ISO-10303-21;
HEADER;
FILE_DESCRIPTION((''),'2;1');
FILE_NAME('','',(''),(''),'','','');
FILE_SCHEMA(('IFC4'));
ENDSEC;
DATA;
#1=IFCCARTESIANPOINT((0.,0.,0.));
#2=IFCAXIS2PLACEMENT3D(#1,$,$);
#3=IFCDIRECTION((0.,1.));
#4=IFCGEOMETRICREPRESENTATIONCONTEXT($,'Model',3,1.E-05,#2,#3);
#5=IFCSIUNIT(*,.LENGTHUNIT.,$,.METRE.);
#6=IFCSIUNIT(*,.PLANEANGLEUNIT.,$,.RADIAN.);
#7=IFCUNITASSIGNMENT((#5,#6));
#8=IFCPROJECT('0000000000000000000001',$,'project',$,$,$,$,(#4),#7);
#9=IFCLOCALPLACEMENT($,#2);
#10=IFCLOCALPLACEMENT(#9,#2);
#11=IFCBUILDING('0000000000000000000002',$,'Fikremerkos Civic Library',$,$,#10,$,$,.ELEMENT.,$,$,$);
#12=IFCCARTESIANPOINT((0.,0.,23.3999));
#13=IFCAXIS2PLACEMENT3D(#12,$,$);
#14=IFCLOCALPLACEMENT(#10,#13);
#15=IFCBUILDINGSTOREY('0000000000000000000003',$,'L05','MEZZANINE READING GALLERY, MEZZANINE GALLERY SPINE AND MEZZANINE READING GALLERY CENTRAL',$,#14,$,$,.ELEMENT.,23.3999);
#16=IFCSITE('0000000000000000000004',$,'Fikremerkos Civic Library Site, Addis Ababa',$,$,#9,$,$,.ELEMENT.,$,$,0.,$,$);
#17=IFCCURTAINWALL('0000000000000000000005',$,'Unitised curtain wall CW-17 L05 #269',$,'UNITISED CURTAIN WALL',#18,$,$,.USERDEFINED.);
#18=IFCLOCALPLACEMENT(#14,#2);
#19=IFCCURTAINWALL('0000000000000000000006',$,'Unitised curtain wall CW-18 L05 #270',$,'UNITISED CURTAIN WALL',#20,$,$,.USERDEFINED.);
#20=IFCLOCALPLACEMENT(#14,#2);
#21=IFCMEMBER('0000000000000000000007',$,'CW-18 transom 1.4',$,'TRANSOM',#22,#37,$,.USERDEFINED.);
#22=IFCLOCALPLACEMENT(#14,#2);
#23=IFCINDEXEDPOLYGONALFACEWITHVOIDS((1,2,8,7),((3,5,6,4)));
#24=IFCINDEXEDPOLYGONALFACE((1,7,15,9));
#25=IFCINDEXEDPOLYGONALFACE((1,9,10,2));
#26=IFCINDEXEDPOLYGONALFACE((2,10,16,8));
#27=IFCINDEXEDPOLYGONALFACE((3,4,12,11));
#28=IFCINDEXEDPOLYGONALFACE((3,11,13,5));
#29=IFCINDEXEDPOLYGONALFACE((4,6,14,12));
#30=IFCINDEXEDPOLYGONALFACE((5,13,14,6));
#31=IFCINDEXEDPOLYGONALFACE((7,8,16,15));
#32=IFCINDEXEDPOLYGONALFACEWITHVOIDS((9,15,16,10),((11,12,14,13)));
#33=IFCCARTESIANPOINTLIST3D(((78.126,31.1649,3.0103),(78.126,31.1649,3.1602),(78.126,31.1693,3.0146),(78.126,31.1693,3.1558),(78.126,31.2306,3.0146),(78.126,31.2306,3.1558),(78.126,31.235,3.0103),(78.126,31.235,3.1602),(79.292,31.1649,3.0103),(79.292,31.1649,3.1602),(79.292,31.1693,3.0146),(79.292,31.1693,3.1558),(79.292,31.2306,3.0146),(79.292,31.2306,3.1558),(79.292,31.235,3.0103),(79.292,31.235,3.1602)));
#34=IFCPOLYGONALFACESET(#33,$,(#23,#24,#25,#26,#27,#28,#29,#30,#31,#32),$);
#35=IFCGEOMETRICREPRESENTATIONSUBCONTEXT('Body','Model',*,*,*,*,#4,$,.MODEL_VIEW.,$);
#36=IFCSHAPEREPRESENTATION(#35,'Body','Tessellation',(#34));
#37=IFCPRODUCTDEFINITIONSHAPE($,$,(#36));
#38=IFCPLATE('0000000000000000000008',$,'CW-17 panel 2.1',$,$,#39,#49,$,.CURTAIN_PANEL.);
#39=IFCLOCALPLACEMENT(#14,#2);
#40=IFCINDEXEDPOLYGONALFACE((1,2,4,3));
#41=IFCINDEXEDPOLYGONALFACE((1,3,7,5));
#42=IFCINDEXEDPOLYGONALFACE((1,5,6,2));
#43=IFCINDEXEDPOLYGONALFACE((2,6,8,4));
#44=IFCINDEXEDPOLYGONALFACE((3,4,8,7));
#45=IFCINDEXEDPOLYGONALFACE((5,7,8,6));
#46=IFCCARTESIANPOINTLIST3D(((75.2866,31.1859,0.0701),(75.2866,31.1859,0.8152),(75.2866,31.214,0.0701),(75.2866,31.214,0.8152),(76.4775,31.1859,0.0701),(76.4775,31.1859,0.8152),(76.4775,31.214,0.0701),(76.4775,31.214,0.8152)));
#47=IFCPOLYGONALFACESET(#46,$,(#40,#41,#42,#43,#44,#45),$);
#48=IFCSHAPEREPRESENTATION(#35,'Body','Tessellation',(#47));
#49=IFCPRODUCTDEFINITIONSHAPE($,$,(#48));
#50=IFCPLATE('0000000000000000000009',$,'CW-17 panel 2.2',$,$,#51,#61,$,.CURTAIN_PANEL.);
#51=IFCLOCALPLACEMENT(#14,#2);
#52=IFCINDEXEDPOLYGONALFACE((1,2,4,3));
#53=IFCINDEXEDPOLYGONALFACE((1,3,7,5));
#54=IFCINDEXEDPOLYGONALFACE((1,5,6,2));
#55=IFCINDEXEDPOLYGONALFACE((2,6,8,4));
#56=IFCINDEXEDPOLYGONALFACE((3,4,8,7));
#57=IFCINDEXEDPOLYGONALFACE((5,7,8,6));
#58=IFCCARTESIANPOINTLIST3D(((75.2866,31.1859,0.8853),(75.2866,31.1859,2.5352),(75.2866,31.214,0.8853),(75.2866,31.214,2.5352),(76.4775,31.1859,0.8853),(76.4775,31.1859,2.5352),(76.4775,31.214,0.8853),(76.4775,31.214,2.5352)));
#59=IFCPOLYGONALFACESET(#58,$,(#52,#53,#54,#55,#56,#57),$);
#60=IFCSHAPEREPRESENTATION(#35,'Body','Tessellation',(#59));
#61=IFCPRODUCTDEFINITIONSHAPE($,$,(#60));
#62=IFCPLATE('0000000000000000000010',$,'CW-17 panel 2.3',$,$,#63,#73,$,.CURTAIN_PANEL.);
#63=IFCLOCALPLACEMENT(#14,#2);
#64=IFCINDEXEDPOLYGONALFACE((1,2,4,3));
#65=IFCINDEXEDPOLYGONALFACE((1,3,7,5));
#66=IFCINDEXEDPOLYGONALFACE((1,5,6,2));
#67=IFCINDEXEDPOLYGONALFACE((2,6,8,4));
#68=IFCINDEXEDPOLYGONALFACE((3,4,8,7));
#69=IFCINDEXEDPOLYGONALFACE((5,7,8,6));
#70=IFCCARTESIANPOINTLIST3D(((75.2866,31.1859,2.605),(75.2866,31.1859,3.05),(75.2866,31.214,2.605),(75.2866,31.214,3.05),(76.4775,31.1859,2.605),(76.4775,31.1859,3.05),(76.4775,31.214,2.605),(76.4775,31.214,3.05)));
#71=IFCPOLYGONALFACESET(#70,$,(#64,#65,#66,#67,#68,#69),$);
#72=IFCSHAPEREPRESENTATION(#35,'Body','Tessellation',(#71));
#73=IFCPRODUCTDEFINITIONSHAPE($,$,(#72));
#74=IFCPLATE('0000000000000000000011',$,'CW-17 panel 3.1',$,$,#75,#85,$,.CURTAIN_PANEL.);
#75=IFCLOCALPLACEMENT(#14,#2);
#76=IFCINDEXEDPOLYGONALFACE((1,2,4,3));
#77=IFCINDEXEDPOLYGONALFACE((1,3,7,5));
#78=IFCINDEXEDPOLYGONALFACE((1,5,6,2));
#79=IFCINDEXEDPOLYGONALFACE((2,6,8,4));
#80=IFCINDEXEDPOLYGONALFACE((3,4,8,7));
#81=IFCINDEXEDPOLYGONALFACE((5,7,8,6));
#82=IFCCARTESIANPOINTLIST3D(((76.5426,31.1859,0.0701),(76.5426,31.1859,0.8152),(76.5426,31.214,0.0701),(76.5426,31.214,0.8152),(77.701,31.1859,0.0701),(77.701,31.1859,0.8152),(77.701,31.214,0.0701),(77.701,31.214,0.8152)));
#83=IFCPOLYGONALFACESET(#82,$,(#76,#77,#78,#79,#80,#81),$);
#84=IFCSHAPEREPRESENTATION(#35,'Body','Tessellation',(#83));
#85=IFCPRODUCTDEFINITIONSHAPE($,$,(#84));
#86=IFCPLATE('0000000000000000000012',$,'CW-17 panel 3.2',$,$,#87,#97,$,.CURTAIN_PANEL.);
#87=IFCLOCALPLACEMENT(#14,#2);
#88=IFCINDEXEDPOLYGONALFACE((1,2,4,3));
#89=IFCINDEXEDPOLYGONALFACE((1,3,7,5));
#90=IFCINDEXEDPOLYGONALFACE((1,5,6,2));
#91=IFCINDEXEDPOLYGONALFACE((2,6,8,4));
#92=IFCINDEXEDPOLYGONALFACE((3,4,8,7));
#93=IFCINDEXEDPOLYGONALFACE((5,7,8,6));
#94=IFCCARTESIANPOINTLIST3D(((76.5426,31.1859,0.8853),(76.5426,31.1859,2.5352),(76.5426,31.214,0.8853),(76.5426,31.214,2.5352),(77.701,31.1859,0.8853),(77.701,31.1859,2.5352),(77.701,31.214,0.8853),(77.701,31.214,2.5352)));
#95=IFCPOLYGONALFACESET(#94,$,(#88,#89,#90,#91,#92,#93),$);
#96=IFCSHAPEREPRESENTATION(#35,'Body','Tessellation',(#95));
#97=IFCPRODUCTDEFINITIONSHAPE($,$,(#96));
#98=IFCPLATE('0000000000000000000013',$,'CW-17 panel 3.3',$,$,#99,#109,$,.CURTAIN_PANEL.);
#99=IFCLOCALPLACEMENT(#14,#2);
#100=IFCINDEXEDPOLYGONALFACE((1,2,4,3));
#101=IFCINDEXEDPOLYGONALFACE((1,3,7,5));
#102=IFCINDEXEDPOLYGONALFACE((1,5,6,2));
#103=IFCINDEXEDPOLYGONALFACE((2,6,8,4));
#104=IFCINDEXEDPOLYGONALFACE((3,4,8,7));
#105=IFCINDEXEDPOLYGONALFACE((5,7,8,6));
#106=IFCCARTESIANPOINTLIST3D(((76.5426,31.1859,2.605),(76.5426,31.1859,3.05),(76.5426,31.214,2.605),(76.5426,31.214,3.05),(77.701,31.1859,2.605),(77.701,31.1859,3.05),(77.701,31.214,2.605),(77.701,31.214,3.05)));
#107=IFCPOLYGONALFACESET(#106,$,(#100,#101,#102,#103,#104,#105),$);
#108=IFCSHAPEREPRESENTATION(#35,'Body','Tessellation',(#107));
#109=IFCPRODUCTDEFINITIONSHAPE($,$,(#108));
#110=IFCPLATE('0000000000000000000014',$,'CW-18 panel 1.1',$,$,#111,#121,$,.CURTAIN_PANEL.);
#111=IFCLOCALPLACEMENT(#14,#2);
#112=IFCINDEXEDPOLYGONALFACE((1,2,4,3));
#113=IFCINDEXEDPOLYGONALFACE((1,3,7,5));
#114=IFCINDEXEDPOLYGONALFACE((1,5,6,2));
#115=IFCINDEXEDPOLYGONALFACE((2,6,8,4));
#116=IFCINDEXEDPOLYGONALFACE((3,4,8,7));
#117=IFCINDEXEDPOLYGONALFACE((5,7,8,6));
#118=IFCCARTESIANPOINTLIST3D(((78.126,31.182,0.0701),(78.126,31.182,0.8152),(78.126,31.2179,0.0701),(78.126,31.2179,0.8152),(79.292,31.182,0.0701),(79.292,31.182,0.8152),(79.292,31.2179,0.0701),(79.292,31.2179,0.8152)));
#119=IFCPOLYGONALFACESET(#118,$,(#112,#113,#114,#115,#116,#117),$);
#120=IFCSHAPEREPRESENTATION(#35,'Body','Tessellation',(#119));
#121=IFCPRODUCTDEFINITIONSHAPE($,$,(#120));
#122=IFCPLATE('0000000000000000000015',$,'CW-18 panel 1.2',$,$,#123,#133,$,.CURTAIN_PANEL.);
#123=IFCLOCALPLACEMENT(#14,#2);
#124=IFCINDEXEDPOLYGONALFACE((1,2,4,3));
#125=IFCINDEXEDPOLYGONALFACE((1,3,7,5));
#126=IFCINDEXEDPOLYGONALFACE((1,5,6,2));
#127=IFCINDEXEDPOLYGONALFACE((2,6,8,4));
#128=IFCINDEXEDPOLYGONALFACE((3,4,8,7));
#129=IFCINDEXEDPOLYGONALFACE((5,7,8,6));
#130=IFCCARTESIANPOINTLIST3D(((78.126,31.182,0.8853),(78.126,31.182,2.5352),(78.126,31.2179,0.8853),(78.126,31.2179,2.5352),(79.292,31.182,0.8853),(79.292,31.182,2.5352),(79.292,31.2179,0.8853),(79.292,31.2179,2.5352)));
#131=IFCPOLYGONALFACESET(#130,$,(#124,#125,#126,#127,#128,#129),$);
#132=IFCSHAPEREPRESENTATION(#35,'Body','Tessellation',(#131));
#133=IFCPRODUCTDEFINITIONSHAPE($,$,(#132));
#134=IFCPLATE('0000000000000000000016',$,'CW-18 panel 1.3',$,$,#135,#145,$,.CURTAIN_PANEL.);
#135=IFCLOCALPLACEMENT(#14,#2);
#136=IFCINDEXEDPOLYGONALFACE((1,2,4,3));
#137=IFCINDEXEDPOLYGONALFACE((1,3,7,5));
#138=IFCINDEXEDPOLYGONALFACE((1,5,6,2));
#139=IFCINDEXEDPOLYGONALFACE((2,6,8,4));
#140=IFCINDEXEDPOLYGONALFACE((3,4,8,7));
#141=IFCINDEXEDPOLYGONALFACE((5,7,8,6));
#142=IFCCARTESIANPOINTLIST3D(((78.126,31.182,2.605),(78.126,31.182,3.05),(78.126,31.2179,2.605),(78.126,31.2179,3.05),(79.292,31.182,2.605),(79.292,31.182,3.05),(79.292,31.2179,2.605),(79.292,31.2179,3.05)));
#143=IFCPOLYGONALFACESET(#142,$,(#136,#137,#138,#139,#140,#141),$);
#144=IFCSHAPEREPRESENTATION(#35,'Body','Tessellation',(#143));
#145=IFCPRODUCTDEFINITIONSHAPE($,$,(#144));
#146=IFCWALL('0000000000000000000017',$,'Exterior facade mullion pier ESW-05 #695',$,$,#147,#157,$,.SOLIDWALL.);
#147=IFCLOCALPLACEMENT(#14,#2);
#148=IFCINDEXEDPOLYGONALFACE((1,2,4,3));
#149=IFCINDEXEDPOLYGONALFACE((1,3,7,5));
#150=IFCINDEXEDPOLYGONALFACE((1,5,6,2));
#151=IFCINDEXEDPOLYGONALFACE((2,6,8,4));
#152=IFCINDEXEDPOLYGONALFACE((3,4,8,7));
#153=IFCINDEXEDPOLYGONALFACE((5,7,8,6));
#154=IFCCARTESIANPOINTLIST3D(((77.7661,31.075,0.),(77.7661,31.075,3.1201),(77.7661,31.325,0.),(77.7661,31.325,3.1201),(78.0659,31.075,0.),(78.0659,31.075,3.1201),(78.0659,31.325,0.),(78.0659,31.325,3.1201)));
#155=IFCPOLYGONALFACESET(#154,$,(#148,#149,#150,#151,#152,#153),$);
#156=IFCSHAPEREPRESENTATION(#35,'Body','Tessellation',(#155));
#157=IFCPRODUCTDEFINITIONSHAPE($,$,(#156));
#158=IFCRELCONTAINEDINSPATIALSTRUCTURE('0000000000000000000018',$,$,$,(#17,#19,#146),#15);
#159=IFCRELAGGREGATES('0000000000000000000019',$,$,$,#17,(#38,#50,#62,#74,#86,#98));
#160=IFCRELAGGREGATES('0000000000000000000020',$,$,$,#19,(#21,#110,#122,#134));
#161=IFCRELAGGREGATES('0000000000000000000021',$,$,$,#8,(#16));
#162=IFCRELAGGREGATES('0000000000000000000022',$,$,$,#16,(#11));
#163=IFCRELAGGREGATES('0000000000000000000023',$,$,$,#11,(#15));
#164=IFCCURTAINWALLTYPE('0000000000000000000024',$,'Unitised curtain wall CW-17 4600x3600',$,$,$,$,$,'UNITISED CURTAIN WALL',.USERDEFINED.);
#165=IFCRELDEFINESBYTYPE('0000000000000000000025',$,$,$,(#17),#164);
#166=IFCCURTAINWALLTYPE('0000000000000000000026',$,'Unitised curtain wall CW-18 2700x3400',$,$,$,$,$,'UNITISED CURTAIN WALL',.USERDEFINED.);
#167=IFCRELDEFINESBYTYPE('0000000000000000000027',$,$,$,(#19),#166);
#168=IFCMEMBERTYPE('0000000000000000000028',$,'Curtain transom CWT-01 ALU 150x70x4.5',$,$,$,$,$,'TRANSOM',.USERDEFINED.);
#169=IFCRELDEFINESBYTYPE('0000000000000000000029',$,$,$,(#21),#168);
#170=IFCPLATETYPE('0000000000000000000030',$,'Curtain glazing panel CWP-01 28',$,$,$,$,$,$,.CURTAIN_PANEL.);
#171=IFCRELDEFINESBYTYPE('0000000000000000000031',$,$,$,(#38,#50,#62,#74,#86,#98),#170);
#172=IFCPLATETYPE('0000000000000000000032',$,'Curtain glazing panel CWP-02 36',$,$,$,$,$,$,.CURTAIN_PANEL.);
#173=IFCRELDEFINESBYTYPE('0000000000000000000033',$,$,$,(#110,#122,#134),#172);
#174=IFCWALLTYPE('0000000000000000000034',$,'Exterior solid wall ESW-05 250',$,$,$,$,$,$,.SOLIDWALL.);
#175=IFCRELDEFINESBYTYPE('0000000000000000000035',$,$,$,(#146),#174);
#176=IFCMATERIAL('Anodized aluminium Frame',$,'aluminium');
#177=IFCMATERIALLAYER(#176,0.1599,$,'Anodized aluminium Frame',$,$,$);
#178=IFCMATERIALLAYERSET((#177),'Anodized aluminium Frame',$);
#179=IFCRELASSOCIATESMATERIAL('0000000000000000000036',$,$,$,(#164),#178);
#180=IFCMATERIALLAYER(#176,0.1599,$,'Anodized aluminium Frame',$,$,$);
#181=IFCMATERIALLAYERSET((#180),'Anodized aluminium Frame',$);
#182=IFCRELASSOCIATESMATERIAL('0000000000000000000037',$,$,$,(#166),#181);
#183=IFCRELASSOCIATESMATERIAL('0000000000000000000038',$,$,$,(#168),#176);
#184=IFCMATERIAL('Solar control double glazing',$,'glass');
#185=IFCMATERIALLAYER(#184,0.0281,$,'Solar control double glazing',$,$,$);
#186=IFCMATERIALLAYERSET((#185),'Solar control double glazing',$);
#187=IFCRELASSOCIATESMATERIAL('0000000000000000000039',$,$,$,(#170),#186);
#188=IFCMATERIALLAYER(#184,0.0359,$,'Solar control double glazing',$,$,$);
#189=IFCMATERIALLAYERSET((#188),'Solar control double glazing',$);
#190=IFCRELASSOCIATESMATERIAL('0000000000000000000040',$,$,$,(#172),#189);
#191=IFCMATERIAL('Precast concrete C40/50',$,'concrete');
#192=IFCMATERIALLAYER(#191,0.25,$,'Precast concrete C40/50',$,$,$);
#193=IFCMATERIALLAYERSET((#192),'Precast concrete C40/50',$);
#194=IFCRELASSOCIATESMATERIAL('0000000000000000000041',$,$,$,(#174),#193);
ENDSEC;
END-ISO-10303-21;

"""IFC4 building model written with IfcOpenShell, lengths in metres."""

from ifc_helpers import new_model, si_unit, direction, frame, frame_2d, origin, origin_2d, place, context, subcontext, project, spatial, rectangle, hollow_rectangle, extrude, material, layer, layer_set, material_profile, profile_set, type_object, element, aggregate, save


model = new_model("IFC4")

# Units and contexts
model_context = context("Model", 3, precision=1e-05, world=origin(), true_north=direction((0.0, 1.0)))
body_context = subcontext(model_context, "Body", "Model", "MODEL_VIEW")
ifc_project = project(units=[si_unit("LENGTHUNIT", "METRE"), si_unit("PLANEANGLEUNIT", "RADIAN")], contexts=[model_context])

# Site, building, storey
site_placement = place(None, origin())
site = spatial("IfcSite", under=ifc_project, at=site_placement, Name="Fikremerkos Civic Library Site, Addis Ababa", CompositionType="ELEMENT", RefElevation=0.0)
building_placement = place(site_placement, origin())
building = spatial("IfcBuilding", under=site, at=building_placement, Name="Fikremerkos Civic Library", CompositionType="ELEMENT")
storey_placement = place(building_placement, frame((0.0, 0.0, 23.3999)))
storey = spatial("IfcBuildingStorey", under=building, at=storey_placement, Name="L05", Description="MEZZANINE READING GALLERY, MEZZANINE GALLERY SPINE AND MEZZANINE READING GALLERY CENTRAL", CompositionType="ELEMENT", Elevation=23.3999)

# Curtain wall
ifc_material_1 = material(Name="Anodized aluminium Frame", Category="aluminium")
ifc_layer_1 = layer(ifc_material_1, 0.1599, Name="Anodized aluminium Frame")
ifc_layer_set_1 = layer_set([ifc_layer_1], Name="Anodized aluminium Frame")
curtain_wall_type_1 = type_object("IfcCurtainWallType", Name="Unitised curtain wall CW-17 4600x3600", ElementType="UNITISED CURTAIN WALL", PredefinedType="USERDEFINED", material=ifc_layer_set_1)
curtain_wall_1_placement = place(storey_placement, origin())
curtain_wall_1 = element("IfcCurtainWall", 1, at=curtain_wall_1_placement, inside=storey, type_object=curtain_wall_type_1, Name="Unitised curtain wall CW-17 L05 #269", ObjectType="UNITISED CURTAIN WALL", PredefinedType="USERDEFINED")

# Curtain wall
ifc_layer_2 = layer(ifc_material_1, 0.1599, Name="Anodized aluminium Frame")
ifc_layer_set_2 = layer_set([ifc_layer_2], Name="Anodized aluminium Frame")
curtain_wall_type_2 = type_object("IfcCurtainWallType", Name="Unitised curtain wall CW-18 2700x3400", ElementType="UNITISED CURTAIN WALL", PredefinedType="USERDEFINED", material=ifc_layer_set_2)
curtain_wall_2_placement = place(storey_placement, origin())
curtain_wall_2 = element("IfcCurtainWall", 2, at=curtain_wall_2_placement, inside=storey, type_object=curtain_wall_type_2, Name="Unitised curtain wall CW-18 L05 #270", ObjectType="UNITISED CURTAIN WALL", PredefinedType="USERDEFINED")

# Member
ifc_material_profile_1 = material_profile(ifc_material_1, hollow_rectangle(XDim=0.0701, YDim=0.1499, WallThickness=0.0044, at=origin_2d()), Name="ALU 150x70x4.5")
ifc_profile_set_1 = profile_set([ifc_material_profile_1], Name="Anodized aluminium Frame")
member_type_1 = type_object("IfcMemberType", Name="Curtain transom CWT-01 ALU 150x70x4.5", ElementType="TRANSOM", PredefinedType="USERDEFINED", material=ifc_profile_set_1)
member_1_placement = place(storey_placement, frame((78.126, 31.2, 3.0852), z_axis=(1.0, 0.0, 0.0), x_axis=(0.0, 1.0, 0.0)))
member_1 = element("IfcMember", 3, at=member_1_placement, type_object=member_type_1, Name="CW-18 transom 1.4", ObjectType="TRANSOM", PredefinedType="USERDEFINED", context=body_context, shape_type="SweptSolid", body=[
    extrude(hollow_rectangle(XDim=0.0701, YDim=0.1499, WallThickness=0.0044, at=origin_2d()), origin(), (0.0, 0.0, 1.0), 1.166),
])

# Plates
ifc_material_2 = material(Name="Solar control double glazing", Category="glass")
ifc_layer_3 = layer(ifc_material_2, 0.0281, Name="Solar control double glazing")
ifc_layer_set_3 = layer_set([ifc_layer_3], Name="Solar control double glazing")
plate_type_1 = type_object("IfcPlateType", Name="Curtain glazing panel CWP-01 28", PredefinedType="CURTAIN_PANEL", material=ifc_layer_set_3)
plate_1_placement = place(storey_placement, frame((75.8821, 31.2, 0.0701), z_axis=(0.0, 0.0, 1.0), x_axis=(1.0, 0.0, 0.0)))
plate_1 = element("IfcPlate", 4, at=plate_1_placement, type_object=plate_type_1, Name="CW-17 panel 2.1", PredefinedType="CURTAIN_PANEL", context=body_context, shape_type="SweptSolid", body=[
    extrude(rectangle(XDim=1.1909, YDim=0.0281, at=origin_2d()), origin(), (0.0, 0.0, 1.0), 0.7451),
])
plate_2_placement = place(storey_placement, frame((75.8821, 31.2, 0.8853), z_axis=(0.0, 0.0, 1.0), x_axis=(1.0, 0.0, 0.0)))
plate_2 = element("IfcPlate", 5, at=plate_2_placement, type_object=plate_type_1, Name="CW-17 panel 2.2", PredefinedType="CURTAIN_PANEL", context=body_context, shape_type="SweptSolid", body=[
    extrude(rectangle(XDim=1.1909, YDim=0.0281, at=origin_2d()), origin(), (0.0, 0.0, 1.0), 1.6499),
])
plate_3_placement = place(storey_placement, frame((75.8821, 31.2, 2.605), z_axis=(0.0, 0.0, 1.0), x_axis=(1.0, 0.0, 0.0)))
plate_3 = element("IfcPlate", 6, at=plate_3_placement, type_object=plate_type_1, Name="CW-17 panel 2.3", PredefinedType="CURTAIN_PANEL", context=body_context, shape_type="SweptSolid", body=[
    extrude(rectangle(XDim=1.1909, YDim=0.0281, at=origin_2d()), origin(), (0.0, 0.0, 1.0), 0.4451),
])
plate_4_placement = place(storey_placement, frame((77.1218, 31.2, 0.0701), z_axis=(0.0, 0.0, 1.0), x_axis=(1.0, 0.0, 0.0)))
plate_4 = element("IfcPlate", 7, at=plate_4_placement, type_object=plate_type_1, Name="CW-17 panel 3.1", PredefinedType="CURTAIN_PANEL", context=body_context, shape_type="SweptSolid", body=[
    extrude(rectangle(XDim=1.1584, YDim=0.0281, at=origin_2d()), origin(), (0.0, 0.0, 1.0), 0.7451),
])
plate_5_placement = place(storey_placement, frame((77.1218, 31.2, 0.8853), z_axis=(0.0, 0.0, 1.0), x_axis=(1.0, 0.0, 0.0)))
plate_5 = element("IfcPlate", 8, at=plate_5_placement, type_object=plate_type_1, Name="CW-17 panel 3.2", PredefinedType="CURTAIN_PANEL", context=body_context, shape_type="SweptSolid", body=[
    extrude(rectangle(XDim=1.1584, YDim=0.0281, at=origin_2d()), origin(), (0.0, 0.0, 1.0), 1.6499),
])
plate_6_placement = place(storey_placement, frame((77.1218, 31.2, 2.605), z_axis=(0.0, 0.0, 1.0), x_axis=(1.0, 0.0, 0.0)))
plate_6 = element("IfcPlate", 9, at=plate_6_placement, type_object=plate_type_1, Name="CW-17 panel 3.3", PredefinedType="CURTAIN_PANEL", context=body_context, shape_type="SweptSolid", body=[
    extrude(rectangle(XDim=1.1584, YDim=0.0281, at=origin_2d()), origin(), (0.0, 0.0, 1.0), 0.4451),
])
aggregate(curtain_wall_1, [plate_1, plate_2, plate_3, plate_4, plate_5, plate_6])
ifc_layer_4 = layer(ifc_material_2, 0.0359, Name="Solar control double glazing")
ifc_layer_set_4 = layer_set([ifc_layer_4], Name="Solar control double glazing")
plate_type_2 = type_object("IfcPlateType", Name="Curtain glazing panel CWP-02 36", PredefinedType="CURTAIN_PANEL", material=ifc_layer_set_4)
plate_7_placement = place(storey_placement, frame((78.709, 31.2, 0.0701), z_axis=(0.0, 0.0, 1.0), x_axis=(1.0, 0.0, 0.0)))
plate_7 = element("IfcPlate", 10, at=plate_7_placement, type_object=plate_type_2, Name="CW-18 panel 1.1", PredefinedType="CURTAIN_PANEL", context=body_context, shape_type="SweptSolid", body=[
    extrude(rectangle(XDim=1.166, YDim=0.0359, at=origin_2d()), origin(), (0.0, 0.0, 1.0), 0.7451),
])
plate_8_placement = place(storey_placement, frame((78.709, 31.2, 0.8853), z_axis=(0.0, 0.0, 1.0), x_axis=(1.0, 0.0, 0.0)))
plate_8 = element("IfcPlate", 11, at=plate_8_placement, type_object=plate_type_2, Name="CW-18 panel 1.2", PredefinedType="CURTAIN_PANEL", context=body_context, shape_type="SweptSolid", body=[
    extrude(rectangle(XDim=1.166, YDim=0.0359, at=origin_2d()), origin(), (0.0, 0.0, 1.0), 1.6499),
])
plate_9_placement = place(storey_placement, frame((78.709, 31.2, 2.605), z_axis=(0.0, 0.0, 1.0), x_axis=(1.0, 0.0, 0.0)))
plate_9 = element("IfcPlate", 12, at=plate_9_placement, type_object=plate_type_2, Name="CW-18 panel 1.3", PredefinedType="CURTAIN_PANEL", context=body_context, shape_type="SweptSolid", body=[
    extrude(rectangle(XDim=1.166, YDim=0.0359, at=origin_2d()), origin(), (0.0, 0.0, 1.0), 0.4451),
])
aggregate(curtain_wall_2, [member_1, plate_7, plate_8, plate_9])

# Wall
ifc_material_3 = material(Name="Precast concrete C40/50", Category="concrete")
ifc_layer_5 = layer(ifc_material_3, 0.25, Name="Precast concrete C40/50")
ifc_layer_set_5 = layer_set([ifc_layer_5], Name="Precast concrete C40/50")
wall_type = type_object("IfcWallType", Name="Exterior solid wall ESW-05 250", PredefinedType="SOLIDWALL", material=ifc_layer_set_5)
wall_placement = place(storey_placement, frame((77.7661, 31.2, 0.0), z_axis=(0.0, 0.0, 1.0), x_axis=(1.0, 0.0, 0.0)))
element("IfcWall", 13, at=wall_placement, inside=storey, type_object=wall_type, Name="Exterior facade mullion pier ESW-05 #695", PredefinedType="SOLIDWALL", context=body_context, shape_type="SweptSolid", body=[
    extrude(rectangle(XDim=0.2998, YDim=0.25, at=frame_2d((0.1499, 0.0))), origin(), (0.0, 0.0, 1.0), 3.1201),
])

save(model, "model.ifc")
